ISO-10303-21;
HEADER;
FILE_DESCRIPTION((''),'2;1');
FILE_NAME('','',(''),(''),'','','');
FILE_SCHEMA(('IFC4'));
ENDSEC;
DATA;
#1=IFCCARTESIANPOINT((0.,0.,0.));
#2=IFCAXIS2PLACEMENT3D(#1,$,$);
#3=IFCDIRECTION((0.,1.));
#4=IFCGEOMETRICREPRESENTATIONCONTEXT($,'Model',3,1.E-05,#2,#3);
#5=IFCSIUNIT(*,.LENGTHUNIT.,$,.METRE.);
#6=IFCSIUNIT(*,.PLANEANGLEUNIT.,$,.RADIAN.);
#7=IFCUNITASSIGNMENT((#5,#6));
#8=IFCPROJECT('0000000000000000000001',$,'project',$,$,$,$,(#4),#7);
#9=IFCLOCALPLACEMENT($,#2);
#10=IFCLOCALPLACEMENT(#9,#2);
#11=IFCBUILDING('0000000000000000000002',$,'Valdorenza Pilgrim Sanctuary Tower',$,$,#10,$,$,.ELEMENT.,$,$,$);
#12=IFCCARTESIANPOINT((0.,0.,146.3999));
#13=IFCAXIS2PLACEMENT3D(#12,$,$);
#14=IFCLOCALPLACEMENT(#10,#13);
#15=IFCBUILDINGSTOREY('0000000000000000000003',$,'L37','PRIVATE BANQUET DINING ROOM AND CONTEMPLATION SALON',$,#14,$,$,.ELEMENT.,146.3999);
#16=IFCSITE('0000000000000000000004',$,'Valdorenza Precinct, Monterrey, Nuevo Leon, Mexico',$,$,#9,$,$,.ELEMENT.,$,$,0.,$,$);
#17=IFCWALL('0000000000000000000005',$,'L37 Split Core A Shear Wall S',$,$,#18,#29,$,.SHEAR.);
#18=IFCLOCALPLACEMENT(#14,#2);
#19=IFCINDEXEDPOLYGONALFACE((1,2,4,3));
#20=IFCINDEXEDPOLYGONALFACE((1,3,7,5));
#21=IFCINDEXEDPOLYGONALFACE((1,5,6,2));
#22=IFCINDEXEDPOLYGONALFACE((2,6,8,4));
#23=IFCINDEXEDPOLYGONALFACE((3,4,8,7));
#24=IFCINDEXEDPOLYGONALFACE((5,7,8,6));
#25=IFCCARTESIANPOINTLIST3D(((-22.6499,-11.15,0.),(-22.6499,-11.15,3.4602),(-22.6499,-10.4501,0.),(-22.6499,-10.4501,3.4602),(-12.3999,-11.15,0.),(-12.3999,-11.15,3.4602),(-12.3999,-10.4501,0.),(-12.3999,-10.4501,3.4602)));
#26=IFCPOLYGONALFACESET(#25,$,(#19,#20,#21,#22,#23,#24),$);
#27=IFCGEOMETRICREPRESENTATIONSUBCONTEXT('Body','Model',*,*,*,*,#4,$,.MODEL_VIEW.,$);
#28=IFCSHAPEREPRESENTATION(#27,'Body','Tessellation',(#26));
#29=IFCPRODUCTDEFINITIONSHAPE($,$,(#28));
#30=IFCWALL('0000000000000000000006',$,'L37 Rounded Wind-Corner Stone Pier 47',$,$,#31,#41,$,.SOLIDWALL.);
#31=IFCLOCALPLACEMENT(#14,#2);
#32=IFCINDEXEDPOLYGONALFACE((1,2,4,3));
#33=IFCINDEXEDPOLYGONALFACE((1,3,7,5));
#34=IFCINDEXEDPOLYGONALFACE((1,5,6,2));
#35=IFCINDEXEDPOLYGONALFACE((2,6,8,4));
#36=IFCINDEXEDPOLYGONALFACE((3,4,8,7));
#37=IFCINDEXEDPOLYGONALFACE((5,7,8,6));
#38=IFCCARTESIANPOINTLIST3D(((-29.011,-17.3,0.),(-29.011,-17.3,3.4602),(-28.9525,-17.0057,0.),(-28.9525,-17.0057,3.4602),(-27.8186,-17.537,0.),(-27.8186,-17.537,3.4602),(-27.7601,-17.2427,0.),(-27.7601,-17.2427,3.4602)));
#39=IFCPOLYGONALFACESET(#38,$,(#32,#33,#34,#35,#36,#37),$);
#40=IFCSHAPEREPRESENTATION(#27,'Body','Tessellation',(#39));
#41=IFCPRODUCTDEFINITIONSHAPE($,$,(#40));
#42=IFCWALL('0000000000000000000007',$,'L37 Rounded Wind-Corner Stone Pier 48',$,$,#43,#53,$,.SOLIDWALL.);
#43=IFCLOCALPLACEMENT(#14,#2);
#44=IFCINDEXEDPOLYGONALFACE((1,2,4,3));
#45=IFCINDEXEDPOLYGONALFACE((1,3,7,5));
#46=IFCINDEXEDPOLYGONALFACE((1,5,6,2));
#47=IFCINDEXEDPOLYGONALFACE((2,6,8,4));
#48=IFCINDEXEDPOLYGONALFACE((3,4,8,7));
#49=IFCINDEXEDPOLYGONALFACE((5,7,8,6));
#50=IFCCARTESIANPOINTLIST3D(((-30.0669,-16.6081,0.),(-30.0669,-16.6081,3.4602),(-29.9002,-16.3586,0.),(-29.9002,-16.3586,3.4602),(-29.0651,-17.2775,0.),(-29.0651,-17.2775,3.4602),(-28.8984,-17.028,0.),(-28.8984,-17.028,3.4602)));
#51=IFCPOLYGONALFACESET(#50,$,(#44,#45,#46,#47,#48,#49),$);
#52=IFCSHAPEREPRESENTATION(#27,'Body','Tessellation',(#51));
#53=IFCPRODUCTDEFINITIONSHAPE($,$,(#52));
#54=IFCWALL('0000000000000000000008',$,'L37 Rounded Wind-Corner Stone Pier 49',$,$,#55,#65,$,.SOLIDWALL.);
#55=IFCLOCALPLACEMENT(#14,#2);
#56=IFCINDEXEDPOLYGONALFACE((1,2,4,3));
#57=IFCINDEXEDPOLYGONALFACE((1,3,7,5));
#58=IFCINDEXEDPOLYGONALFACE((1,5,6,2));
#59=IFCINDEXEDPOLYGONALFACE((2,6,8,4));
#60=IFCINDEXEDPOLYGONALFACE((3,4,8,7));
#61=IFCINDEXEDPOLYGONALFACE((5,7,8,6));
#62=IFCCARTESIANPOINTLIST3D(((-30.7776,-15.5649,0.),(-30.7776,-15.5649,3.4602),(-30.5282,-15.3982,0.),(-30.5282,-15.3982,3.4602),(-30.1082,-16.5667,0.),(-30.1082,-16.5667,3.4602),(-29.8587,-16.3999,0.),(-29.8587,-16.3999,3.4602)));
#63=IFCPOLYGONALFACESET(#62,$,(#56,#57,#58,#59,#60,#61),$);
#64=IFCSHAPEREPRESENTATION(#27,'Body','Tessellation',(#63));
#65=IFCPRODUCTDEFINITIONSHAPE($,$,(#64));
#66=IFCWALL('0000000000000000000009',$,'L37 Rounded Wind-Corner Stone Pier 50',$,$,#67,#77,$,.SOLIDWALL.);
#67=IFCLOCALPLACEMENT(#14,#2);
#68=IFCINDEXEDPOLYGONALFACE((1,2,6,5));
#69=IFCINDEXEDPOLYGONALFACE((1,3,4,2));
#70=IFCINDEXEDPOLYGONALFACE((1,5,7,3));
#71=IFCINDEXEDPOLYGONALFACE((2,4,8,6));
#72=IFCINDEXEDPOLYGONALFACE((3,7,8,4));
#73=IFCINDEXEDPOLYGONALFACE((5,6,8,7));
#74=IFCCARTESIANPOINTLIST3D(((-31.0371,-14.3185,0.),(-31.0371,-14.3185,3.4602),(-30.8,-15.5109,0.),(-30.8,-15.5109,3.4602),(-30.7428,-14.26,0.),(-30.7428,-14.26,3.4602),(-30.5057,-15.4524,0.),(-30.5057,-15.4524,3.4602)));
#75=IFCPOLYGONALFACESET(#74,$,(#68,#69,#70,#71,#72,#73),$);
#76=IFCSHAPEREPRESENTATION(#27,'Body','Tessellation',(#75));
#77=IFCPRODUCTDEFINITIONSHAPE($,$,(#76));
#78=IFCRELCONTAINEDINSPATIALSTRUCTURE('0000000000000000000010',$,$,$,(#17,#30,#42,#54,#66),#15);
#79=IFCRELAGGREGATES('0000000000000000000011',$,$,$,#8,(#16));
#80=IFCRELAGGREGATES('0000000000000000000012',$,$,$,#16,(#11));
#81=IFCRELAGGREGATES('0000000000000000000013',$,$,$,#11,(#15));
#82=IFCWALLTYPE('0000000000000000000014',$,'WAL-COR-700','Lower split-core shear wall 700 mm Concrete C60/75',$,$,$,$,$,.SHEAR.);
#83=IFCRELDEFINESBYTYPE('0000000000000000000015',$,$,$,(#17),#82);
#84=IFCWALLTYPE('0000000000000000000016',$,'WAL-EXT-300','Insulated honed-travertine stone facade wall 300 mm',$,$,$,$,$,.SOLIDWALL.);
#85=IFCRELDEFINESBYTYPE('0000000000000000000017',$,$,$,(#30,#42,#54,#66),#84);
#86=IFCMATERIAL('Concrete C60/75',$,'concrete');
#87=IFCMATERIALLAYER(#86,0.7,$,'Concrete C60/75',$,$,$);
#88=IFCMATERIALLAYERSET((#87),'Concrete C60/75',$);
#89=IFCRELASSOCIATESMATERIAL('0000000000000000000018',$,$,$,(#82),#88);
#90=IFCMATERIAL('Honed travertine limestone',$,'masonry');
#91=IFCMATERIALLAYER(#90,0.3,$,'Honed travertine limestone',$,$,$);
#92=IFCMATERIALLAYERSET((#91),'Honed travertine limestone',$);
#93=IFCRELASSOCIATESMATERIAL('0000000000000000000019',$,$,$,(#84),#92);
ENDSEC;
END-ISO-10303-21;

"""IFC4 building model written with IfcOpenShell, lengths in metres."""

from ifc_helpers import new_model, si_unit, direction, frame, frame_2d, origin, place, context, subcontext, project, spatial, rectangle, extrude, material, layer, layer_set, type_object, element, save


model = new_model("IFC4")

# Units and contexts
model_context = context("Model", 3, precision=1e-05, world=origin(), true_north=direction((0.0, 1.0)))
body_context = subcontext(model_context, "Body", "Model", "MODEL_VIEW")
ifc_project = project(units=[si_unit("LENGTHUNIT", "METRE"), si_unit("PLANEANGLEUNIT", "RADIAN")], contexts=[model_context])

# Site, building, storey
site_placement = place(None, origin())
site = spatial("IfcSite", under=ifc_project, at=site_placement, Name="Valdorenza Precinct, Monterrey, Nuevo Leon, Mexico", CompositionType="ELEMENT", RefElevation=0.0)
building_placement = place(site_placement, origin())
building = spatial("IfcBuilding", under=site, at=building_placement, Name="Valdorenza Pilgrim Sanctuary Tower", CompositionType="ELEMENT")
storey_placement = place(building_placement, frame((0.0, 0.0, 146.3999)))
storey = spatial("IfcBuildingStorey", under=building, at=storey_placement, Name="L37", Description="PRIVATE BANQUET DINING ROOM AND CONTEMPLATION SALON", CompositionType="ELEMENT", Elevation=146.3999)

# Shared definitions
ifc_material_1 = material(Name="Concrete C60/75", Category="concrete")

# Shared definitions
ifc_material_2 = material(Name="Honed travertine limestone", Category="masonry")

# Walls
ifc_layer_1 = layer(ifc_material_1, 0.7, Name="Concrete C60/75")
ifc_layer_set_1 = layer_set([ifc_layer_1], Name="Concrete C60/75")
wall_type_1 = type_object("IfcWallType", Name="WAL-COR-700", Description="Lower split-core shear wall 700 mm Concrete C60/75", PredefinedType="SHEAR", material=ifc_layer_set_1)
wall_1_placement = place(storey_placement, frame((-22.6499, -10.8, 0.0), z_axis=(0.0, 0.0, 1.0), x_axis=(1.0, 0.0, 0.0)))
element("IfcWall", 1, at=wall_1_placement, inside=storey, type_object=wall_type_1, Name="L37 Split Core A Shear Wall S", PredefinedType="SHEAR", context=body_context, shape_type="SweptSolid", body=[
    extrude(rectangle(XDim=10.25, YDim=0.7, at=frame_2d((5.125, 0.0))), origin(), (0.0, 0.0, 1.0), 3.4602),
])
ifc_layer_2 = layer(ifc_material_2, 0.3, Name="Honed travertine limestone")
ifc_layer_set_2 = layer_set([ifc_layer_2], Name="Honed travertine limestone")
wall_type_2 = type_object("IfcWallType", Name="WAL-EXT-300", Description="Insulated honed-travertine stone facade wall 300 mm", PredefinedType="SOLIDWALL", material=ifc_layer_set_2)
wall_2_placement = place(storey_placement, frame((-27.7893, -17.3899, 0.0), z_axis=(0.0, 0.0, 1.0), x_axis=(-0.980804, 0.194996, 0.0)))
element("IfcWall", 2, at=wall_2_placement, inside=storey, type_object=wall_type_2, Name="L37 Rounded Wind-Corner Stone Pier 47", PredefinedType="SOLIDWALL", context=body_context, shape_type="SweptSolid", body=[
    extrude(rectangle(XDim=1.2158, YDim=0.3, at=frame_2d((0.6079, 0.0))), origin(), (0.0, 0.0, 1.0), 3.4602),
])
for number, where, z_axis, x_axis, name in (
    (3, (-28.9817, -17.1528, 0.0), (0.0, 0.0, 1.0), (-0.831426, 0.555635, 0.0), "L37 Rounded Wind-Corner Stone Pier 48"),
    (4, (-29.9834, -16.4834, 0.0), (0.0, 0.0, 1.0), (-0.555635, 0.831426, 0.0), "L37 Rounded Wind-Corner Stone Pier 49"),
):
    element("IfcWall", number, at=place(storey_placement, frame(where, z_axis=z_axis, x_axis=x_axis)), inside=storey, type_object=wall_type_2, Name=name, PredefinedType="SOLIDWALL", context=body_context, shape_type="SweptSolid", body=[
        extrude(rectangle(XDim=1.2048, YDim=0.3, at=frame_2d((0.6025, 0.0))), origin(), (0.0, 0.0, 1.0), 3.4602),
    ])
wall_3_placement = place(storey_placement, frame((-30.6528, -15.4817, 0.0), z_axis=(0.0, 0.0, 1.0), x_axis=(-0.194996, 0.980804, 0.0)))
element("IfcWall", 5, at=wall_3_placement, inside=storey, type_object=wall_type_2, Name="L37 Rounded Wind-Corner Stone Pier 50", PredefinedType="SOLIDWALL", context=body_context, shape_type="SweptSolid", body=[
    extrude(rectangle(XDim=1.2158, YDim=0.3, at=frame_2d((0.6079, 0.0))), origin(), (0.0, 0.0, 1.0), 3.4602),
])

save(model, "model.ifc")
